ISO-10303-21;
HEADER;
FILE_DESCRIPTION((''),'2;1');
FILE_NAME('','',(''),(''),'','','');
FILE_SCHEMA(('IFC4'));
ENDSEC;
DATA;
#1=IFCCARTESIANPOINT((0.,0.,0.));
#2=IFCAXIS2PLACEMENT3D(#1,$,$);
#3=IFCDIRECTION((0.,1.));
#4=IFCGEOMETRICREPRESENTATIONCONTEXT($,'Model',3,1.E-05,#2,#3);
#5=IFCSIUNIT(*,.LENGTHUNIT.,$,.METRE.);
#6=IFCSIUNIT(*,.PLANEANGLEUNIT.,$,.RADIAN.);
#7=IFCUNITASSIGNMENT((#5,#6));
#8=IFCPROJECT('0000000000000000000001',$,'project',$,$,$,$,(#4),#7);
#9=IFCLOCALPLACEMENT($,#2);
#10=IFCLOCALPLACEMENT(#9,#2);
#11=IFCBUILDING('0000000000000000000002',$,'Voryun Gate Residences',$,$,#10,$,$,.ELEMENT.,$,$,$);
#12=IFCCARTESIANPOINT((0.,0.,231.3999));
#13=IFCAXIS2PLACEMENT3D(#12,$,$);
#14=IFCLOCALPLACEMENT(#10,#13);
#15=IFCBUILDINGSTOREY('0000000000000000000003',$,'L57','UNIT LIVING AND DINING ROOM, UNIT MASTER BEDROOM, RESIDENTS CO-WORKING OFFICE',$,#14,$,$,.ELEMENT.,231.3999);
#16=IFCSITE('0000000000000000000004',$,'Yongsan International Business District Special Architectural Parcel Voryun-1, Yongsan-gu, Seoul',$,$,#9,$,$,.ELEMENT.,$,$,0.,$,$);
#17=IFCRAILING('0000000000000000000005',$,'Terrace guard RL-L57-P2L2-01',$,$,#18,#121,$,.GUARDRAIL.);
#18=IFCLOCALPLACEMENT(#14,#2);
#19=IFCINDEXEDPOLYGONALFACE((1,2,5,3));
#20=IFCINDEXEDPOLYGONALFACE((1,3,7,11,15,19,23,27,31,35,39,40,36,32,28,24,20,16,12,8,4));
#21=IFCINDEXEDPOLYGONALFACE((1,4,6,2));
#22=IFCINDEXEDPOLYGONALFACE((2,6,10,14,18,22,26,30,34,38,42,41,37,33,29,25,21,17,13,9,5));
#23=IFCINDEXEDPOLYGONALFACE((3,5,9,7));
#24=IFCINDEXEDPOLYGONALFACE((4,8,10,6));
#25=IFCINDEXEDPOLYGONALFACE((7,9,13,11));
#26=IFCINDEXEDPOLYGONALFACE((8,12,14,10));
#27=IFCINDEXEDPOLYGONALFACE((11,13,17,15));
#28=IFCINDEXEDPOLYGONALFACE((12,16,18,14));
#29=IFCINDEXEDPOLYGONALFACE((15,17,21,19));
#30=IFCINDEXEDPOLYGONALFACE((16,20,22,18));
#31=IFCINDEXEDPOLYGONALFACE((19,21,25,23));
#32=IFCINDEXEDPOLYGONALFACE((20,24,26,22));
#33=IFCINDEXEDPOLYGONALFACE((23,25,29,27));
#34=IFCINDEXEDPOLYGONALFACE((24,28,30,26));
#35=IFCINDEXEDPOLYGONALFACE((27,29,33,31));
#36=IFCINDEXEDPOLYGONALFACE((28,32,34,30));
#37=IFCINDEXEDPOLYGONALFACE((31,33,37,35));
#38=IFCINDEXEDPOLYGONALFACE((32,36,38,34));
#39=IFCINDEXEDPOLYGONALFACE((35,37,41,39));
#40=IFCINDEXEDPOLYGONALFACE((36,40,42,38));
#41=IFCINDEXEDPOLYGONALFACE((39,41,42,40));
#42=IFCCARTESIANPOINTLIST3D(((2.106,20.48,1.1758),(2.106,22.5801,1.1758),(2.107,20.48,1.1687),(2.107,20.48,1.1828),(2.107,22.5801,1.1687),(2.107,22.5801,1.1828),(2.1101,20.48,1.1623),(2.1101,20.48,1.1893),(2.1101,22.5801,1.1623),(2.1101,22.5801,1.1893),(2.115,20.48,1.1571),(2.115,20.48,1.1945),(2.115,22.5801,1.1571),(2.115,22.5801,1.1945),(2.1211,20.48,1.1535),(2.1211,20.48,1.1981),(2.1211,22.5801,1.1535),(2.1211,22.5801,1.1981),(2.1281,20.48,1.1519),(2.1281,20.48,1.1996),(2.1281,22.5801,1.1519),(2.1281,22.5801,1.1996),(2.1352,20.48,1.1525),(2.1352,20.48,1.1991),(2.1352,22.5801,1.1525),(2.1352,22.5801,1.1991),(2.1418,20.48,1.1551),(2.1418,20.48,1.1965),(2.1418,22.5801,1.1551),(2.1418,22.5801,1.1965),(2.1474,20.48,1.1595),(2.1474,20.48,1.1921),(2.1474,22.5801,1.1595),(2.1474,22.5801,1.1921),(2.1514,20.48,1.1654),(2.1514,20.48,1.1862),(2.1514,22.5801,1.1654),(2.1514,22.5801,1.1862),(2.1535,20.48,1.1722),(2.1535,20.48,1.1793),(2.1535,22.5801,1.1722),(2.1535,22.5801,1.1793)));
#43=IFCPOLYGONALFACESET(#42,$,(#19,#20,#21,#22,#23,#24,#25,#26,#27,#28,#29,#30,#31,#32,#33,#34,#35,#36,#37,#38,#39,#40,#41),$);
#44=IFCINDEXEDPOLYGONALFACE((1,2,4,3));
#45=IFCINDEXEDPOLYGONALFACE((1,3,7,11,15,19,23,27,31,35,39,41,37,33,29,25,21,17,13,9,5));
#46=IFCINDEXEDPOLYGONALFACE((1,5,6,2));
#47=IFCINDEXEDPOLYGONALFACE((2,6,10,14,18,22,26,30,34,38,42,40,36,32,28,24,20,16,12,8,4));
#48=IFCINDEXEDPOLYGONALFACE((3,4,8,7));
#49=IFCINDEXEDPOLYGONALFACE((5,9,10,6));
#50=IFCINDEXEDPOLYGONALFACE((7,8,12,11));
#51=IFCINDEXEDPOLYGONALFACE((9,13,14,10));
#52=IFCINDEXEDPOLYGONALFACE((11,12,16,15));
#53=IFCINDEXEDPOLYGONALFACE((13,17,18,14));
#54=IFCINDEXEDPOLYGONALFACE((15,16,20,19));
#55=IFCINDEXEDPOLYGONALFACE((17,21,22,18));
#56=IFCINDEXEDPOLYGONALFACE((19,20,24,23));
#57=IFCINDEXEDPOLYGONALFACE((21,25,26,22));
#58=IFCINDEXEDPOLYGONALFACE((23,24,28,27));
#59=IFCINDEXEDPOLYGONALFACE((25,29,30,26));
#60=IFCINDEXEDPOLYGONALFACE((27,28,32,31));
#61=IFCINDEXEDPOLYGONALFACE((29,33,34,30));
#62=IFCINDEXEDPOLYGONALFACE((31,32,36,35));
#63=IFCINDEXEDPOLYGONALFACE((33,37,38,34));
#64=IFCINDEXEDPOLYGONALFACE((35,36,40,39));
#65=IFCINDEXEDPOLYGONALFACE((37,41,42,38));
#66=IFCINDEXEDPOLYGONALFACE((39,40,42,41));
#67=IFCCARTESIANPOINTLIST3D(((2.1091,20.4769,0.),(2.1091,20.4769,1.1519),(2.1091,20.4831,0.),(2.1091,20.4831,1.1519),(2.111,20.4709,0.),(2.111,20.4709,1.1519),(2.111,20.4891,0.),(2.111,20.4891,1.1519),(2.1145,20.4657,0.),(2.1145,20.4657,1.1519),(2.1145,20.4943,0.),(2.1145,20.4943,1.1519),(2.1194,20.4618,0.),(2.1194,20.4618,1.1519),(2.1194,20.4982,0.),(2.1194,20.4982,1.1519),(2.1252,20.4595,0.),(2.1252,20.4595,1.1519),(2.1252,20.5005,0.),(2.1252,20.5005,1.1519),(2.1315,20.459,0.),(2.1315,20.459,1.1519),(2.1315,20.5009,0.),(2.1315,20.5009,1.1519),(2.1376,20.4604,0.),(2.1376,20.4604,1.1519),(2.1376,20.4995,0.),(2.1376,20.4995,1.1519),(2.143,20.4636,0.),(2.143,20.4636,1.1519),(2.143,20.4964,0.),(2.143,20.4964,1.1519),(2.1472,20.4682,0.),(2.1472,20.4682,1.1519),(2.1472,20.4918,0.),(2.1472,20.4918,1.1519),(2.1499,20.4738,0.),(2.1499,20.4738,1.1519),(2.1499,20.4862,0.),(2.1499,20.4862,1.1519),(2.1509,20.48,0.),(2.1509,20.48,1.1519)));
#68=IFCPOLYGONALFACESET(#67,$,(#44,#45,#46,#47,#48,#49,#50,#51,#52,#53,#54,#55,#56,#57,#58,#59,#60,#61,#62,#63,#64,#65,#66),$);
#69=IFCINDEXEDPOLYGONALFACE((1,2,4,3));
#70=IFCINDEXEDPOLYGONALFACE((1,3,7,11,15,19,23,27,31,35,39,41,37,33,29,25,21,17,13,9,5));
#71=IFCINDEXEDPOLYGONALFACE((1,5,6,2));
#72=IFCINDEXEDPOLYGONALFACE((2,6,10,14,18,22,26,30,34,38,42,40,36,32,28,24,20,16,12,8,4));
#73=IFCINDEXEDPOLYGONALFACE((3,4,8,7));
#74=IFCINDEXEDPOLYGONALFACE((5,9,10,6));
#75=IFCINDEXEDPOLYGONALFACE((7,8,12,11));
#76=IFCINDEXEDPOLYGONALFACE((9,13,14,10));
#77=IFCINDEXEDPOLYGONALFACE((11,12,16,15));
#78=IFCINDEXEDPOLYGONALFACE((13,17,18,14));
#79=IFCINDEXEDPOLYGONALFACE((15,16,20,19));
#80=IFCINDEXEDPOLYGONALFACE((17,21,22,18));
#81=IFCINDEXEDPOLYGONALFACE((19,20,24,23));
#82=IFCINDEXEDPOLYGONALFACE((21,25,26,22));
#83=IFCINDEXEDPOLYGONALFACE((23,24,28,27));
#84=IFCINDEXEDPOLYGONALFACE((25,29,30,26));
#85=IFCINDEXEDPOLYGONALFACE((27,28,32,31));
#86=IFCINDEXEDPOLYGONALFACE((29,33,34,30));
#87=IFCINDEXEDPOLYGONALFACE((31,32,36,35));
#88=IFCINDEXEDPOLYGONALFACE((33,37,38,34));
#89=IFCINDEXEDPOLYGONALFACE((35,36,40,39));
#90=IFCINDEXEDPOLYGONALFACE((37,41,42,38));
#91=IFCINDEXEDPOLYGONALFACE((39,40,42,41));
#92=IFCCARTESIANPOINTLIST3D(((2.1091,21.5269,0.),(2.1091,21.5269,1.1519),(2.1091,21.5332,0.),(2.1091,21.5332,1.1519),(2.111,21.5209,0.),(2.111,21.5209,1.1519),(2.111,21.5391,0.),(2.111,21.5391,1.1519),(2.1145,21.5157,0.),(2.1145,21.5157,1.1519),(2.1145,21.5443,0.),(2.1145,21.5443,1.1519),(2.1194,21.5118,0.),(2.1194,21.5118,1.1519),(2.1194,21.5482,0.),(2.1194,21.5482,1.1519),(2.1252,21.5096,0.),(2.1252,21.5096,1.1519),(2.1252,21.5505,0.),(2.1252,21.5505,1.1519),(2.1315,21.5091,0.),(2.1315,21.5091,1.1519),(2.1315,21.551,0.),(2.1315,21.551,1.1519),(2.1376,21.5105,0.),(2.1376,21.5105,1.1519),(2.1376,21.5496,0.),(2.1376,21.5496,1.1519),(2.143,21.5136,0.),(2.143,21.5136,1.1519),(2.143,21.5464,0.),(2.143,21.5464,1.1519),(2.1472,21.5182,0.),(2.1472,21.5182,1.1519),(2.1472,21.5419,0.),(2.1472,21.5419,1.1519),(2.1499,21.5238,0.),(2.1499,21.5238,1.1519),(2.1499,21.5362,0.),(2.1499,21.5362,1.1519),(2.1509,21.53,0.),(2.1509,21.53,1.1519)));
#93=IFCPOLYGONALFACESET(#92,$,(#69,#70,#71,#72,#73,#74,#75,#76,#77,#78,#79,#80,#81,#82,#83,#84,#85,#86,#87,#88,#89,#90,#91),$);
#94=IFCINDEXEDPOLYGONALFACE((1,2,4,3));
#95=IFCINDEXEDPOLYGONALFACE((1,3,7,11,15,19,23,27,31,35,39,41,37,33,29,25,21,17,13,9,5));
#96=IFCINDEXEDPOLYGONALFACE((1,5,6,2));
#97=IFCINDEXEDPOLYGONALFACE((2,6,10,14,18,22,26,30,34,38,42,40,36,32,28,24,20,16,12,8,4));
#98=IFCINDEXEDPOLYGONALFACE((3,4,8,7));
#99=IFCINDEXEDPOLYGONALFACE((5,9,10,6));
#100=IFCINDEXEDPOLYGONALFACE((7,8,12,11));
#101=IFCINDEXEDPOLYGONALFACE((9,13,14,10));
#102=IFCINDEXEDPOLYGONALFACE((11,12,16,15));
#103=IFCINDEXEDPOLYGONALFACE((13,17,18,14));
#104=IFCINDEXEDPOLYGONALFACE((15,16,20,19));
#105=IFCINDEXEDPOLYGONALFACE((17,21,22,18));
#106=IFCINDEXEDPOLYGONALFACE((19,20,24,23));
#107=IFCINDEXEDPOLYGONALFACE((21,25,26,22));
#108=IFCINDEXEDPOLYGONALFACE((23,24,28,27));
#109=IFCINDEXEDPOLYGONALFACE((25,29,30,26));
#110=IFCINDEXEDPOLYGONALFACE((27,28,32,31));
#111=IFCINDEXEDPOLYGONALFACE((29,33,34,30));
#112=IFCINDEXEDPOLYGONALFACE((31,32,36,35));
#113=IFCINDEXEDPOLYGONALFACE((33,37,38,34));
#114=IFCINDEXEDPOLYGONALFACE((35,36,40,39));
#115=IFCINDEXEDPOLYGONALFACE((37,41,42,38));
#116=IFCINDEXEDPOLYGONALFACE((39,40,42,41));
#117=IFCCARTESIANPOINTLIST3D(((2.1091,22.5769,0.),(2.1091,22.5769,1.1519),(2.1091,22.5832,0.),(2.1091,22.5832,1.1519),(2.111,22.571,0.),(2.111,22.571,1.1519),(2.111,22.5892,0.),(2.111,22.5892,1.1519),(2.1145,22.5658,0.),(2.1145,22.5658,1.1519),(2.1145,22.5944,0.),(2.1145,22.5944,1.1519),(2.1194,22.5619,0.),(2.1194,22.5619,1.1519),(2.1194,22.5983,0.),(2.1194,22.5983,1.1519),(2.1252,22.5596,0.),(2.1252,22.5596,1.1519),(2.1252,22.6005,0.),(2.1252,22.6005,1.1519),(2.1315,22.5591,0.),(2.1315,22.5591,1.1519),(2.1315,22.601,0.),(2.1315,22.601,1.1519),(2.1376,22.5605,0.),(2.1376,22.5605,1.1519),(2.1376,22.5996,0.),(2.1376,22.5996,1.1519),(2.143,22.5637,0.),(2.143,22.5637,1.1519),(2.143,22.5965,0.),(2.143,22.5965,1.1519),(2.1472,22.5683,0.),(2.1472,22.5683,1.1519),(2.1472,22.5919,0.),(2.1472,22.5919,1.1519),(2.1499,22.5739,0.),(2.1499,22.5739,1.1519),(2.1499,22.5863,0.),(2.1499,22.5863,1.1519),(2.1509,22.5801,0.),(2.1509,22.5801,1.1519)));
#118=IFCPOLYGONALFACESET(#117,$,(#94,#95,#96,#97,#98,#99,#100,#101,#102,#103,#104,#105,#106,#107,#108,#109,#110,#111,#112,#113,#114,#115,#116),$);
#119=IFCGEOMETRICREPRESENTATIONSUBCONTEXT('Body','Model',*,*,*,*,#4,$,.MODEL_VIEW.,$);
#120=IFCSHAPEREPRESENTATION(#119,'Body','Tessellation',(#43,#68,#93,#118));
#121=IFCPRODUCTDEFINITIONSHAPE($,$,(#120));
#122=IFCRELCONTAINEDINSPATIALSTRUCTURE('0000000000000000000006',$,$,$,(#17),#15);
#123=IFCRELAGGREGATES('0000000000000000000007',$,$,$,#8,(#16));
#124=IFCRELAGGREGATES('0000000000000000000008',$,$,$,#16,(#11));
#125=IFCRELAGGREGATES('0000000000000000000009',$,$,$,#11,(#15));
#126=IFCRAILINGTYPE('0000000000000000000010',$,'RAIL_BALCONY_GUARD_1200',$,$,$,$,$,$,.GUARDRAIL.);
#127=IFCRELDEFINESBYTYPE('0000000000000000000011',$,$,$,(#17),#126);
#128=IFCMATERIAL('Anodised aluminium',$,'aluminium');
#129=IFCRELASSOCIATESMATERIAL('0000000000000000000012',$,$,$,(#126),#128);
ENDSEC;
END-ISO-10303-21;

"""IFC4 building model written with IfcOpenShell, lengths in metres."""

from ifc_helpers import new_model, si_unit, direction, frame, origin, origin_2d, place, context, subcontext, project, spatial, circle, extrude, material, type_object, element, save


model = new_model("IFC4")

# Units and contexts
model_context = context("Model", 3, precision=1e-05, world=origin(), true_north=direction((0.0, 1.0)))
body_context = subcontext(model_context, "Body", "Model", "MODEL_VIEW")
ifc_project = project(units=[si_unit("LENGTHUNIT", "METRE"), si_unit("PLANEANGLEUNIT", "RADIAN")], contexts=[model_context])

# Site, building, storey
site_placement = place(None, origin())
site = spatial("IfcSite", under=ifc_project, at=site_placement, Name="Yongsan International Business District Special Architectural Parcel Voryun-1, Yongsan-gu, Seoul", CompositionType="ELEMENT", RefElevation=0.0)
building_placement = place(site_placement, origin())
building = spatial("IfcBuilding", under=site, at=building_placement, Name="Voryun Gate Residences", CompositionType="ELEMENT")
storey_placement = place(building_placement, frame((0.0, 0.0, 231.3999)))
storey = spatial("IfcBuildingStorey", under=building, at=storey_placement, Name="L57", Description="UNIT LIVING AND DINING ROOM, UNIT MASTER BEDROOM, RESIDENTS CO-WORKING OFFICE", CompositionType="ELEMENT", Elevation=231.3999)

# Railing
ifc_material_1 = material(Name="Anodised aluminium", Category="aluminium")
railing_type = type_object("IfcRailingType", Name="RAIL_BALCONY_GUARD_1200", PredefinedType="GUARDRAIL", material=ifc_material_1)
railing_1_placement = place(storey_placement, frame((2.1299, 20.48, 0.0)))
element("IfcRailing", 1, at=railing_1_placement, inside=storey, type_object=railing_type, Name="Terrace guard RL-L57-P2L2-01", PredefinedType="GUARDRAIL", context=body_context, shape_type="SweptSolid", body=[
    extrude(circle(Radius=0.0239, at=origin_2d()), frame((0.0, 0.0, 1.1758), z_axis=(0.0, 1.0, 0.0), x_axis=(-1.0, 0.0, 0.0)), (0.0, 0.0, 1.0), 2.1001),
    extrude(circle(Radius=0.021, at=origin_2d()), origin(), (0.0, 0.0, 1.0), 1.1519),
    extrude(circle(Radius=0.021, at=origin_2d()), frame((0.0, 1.05, 0.0)), (0.0, 0.0, 1.0), 1.1519),
    extrude(circle(Radius=0.021, at=origin_2d()), frame((0.0, 2.1001, 0.0)), (0.0, 0.0, 1.0), 1.1519),
])

save(model, "model.ifc")
